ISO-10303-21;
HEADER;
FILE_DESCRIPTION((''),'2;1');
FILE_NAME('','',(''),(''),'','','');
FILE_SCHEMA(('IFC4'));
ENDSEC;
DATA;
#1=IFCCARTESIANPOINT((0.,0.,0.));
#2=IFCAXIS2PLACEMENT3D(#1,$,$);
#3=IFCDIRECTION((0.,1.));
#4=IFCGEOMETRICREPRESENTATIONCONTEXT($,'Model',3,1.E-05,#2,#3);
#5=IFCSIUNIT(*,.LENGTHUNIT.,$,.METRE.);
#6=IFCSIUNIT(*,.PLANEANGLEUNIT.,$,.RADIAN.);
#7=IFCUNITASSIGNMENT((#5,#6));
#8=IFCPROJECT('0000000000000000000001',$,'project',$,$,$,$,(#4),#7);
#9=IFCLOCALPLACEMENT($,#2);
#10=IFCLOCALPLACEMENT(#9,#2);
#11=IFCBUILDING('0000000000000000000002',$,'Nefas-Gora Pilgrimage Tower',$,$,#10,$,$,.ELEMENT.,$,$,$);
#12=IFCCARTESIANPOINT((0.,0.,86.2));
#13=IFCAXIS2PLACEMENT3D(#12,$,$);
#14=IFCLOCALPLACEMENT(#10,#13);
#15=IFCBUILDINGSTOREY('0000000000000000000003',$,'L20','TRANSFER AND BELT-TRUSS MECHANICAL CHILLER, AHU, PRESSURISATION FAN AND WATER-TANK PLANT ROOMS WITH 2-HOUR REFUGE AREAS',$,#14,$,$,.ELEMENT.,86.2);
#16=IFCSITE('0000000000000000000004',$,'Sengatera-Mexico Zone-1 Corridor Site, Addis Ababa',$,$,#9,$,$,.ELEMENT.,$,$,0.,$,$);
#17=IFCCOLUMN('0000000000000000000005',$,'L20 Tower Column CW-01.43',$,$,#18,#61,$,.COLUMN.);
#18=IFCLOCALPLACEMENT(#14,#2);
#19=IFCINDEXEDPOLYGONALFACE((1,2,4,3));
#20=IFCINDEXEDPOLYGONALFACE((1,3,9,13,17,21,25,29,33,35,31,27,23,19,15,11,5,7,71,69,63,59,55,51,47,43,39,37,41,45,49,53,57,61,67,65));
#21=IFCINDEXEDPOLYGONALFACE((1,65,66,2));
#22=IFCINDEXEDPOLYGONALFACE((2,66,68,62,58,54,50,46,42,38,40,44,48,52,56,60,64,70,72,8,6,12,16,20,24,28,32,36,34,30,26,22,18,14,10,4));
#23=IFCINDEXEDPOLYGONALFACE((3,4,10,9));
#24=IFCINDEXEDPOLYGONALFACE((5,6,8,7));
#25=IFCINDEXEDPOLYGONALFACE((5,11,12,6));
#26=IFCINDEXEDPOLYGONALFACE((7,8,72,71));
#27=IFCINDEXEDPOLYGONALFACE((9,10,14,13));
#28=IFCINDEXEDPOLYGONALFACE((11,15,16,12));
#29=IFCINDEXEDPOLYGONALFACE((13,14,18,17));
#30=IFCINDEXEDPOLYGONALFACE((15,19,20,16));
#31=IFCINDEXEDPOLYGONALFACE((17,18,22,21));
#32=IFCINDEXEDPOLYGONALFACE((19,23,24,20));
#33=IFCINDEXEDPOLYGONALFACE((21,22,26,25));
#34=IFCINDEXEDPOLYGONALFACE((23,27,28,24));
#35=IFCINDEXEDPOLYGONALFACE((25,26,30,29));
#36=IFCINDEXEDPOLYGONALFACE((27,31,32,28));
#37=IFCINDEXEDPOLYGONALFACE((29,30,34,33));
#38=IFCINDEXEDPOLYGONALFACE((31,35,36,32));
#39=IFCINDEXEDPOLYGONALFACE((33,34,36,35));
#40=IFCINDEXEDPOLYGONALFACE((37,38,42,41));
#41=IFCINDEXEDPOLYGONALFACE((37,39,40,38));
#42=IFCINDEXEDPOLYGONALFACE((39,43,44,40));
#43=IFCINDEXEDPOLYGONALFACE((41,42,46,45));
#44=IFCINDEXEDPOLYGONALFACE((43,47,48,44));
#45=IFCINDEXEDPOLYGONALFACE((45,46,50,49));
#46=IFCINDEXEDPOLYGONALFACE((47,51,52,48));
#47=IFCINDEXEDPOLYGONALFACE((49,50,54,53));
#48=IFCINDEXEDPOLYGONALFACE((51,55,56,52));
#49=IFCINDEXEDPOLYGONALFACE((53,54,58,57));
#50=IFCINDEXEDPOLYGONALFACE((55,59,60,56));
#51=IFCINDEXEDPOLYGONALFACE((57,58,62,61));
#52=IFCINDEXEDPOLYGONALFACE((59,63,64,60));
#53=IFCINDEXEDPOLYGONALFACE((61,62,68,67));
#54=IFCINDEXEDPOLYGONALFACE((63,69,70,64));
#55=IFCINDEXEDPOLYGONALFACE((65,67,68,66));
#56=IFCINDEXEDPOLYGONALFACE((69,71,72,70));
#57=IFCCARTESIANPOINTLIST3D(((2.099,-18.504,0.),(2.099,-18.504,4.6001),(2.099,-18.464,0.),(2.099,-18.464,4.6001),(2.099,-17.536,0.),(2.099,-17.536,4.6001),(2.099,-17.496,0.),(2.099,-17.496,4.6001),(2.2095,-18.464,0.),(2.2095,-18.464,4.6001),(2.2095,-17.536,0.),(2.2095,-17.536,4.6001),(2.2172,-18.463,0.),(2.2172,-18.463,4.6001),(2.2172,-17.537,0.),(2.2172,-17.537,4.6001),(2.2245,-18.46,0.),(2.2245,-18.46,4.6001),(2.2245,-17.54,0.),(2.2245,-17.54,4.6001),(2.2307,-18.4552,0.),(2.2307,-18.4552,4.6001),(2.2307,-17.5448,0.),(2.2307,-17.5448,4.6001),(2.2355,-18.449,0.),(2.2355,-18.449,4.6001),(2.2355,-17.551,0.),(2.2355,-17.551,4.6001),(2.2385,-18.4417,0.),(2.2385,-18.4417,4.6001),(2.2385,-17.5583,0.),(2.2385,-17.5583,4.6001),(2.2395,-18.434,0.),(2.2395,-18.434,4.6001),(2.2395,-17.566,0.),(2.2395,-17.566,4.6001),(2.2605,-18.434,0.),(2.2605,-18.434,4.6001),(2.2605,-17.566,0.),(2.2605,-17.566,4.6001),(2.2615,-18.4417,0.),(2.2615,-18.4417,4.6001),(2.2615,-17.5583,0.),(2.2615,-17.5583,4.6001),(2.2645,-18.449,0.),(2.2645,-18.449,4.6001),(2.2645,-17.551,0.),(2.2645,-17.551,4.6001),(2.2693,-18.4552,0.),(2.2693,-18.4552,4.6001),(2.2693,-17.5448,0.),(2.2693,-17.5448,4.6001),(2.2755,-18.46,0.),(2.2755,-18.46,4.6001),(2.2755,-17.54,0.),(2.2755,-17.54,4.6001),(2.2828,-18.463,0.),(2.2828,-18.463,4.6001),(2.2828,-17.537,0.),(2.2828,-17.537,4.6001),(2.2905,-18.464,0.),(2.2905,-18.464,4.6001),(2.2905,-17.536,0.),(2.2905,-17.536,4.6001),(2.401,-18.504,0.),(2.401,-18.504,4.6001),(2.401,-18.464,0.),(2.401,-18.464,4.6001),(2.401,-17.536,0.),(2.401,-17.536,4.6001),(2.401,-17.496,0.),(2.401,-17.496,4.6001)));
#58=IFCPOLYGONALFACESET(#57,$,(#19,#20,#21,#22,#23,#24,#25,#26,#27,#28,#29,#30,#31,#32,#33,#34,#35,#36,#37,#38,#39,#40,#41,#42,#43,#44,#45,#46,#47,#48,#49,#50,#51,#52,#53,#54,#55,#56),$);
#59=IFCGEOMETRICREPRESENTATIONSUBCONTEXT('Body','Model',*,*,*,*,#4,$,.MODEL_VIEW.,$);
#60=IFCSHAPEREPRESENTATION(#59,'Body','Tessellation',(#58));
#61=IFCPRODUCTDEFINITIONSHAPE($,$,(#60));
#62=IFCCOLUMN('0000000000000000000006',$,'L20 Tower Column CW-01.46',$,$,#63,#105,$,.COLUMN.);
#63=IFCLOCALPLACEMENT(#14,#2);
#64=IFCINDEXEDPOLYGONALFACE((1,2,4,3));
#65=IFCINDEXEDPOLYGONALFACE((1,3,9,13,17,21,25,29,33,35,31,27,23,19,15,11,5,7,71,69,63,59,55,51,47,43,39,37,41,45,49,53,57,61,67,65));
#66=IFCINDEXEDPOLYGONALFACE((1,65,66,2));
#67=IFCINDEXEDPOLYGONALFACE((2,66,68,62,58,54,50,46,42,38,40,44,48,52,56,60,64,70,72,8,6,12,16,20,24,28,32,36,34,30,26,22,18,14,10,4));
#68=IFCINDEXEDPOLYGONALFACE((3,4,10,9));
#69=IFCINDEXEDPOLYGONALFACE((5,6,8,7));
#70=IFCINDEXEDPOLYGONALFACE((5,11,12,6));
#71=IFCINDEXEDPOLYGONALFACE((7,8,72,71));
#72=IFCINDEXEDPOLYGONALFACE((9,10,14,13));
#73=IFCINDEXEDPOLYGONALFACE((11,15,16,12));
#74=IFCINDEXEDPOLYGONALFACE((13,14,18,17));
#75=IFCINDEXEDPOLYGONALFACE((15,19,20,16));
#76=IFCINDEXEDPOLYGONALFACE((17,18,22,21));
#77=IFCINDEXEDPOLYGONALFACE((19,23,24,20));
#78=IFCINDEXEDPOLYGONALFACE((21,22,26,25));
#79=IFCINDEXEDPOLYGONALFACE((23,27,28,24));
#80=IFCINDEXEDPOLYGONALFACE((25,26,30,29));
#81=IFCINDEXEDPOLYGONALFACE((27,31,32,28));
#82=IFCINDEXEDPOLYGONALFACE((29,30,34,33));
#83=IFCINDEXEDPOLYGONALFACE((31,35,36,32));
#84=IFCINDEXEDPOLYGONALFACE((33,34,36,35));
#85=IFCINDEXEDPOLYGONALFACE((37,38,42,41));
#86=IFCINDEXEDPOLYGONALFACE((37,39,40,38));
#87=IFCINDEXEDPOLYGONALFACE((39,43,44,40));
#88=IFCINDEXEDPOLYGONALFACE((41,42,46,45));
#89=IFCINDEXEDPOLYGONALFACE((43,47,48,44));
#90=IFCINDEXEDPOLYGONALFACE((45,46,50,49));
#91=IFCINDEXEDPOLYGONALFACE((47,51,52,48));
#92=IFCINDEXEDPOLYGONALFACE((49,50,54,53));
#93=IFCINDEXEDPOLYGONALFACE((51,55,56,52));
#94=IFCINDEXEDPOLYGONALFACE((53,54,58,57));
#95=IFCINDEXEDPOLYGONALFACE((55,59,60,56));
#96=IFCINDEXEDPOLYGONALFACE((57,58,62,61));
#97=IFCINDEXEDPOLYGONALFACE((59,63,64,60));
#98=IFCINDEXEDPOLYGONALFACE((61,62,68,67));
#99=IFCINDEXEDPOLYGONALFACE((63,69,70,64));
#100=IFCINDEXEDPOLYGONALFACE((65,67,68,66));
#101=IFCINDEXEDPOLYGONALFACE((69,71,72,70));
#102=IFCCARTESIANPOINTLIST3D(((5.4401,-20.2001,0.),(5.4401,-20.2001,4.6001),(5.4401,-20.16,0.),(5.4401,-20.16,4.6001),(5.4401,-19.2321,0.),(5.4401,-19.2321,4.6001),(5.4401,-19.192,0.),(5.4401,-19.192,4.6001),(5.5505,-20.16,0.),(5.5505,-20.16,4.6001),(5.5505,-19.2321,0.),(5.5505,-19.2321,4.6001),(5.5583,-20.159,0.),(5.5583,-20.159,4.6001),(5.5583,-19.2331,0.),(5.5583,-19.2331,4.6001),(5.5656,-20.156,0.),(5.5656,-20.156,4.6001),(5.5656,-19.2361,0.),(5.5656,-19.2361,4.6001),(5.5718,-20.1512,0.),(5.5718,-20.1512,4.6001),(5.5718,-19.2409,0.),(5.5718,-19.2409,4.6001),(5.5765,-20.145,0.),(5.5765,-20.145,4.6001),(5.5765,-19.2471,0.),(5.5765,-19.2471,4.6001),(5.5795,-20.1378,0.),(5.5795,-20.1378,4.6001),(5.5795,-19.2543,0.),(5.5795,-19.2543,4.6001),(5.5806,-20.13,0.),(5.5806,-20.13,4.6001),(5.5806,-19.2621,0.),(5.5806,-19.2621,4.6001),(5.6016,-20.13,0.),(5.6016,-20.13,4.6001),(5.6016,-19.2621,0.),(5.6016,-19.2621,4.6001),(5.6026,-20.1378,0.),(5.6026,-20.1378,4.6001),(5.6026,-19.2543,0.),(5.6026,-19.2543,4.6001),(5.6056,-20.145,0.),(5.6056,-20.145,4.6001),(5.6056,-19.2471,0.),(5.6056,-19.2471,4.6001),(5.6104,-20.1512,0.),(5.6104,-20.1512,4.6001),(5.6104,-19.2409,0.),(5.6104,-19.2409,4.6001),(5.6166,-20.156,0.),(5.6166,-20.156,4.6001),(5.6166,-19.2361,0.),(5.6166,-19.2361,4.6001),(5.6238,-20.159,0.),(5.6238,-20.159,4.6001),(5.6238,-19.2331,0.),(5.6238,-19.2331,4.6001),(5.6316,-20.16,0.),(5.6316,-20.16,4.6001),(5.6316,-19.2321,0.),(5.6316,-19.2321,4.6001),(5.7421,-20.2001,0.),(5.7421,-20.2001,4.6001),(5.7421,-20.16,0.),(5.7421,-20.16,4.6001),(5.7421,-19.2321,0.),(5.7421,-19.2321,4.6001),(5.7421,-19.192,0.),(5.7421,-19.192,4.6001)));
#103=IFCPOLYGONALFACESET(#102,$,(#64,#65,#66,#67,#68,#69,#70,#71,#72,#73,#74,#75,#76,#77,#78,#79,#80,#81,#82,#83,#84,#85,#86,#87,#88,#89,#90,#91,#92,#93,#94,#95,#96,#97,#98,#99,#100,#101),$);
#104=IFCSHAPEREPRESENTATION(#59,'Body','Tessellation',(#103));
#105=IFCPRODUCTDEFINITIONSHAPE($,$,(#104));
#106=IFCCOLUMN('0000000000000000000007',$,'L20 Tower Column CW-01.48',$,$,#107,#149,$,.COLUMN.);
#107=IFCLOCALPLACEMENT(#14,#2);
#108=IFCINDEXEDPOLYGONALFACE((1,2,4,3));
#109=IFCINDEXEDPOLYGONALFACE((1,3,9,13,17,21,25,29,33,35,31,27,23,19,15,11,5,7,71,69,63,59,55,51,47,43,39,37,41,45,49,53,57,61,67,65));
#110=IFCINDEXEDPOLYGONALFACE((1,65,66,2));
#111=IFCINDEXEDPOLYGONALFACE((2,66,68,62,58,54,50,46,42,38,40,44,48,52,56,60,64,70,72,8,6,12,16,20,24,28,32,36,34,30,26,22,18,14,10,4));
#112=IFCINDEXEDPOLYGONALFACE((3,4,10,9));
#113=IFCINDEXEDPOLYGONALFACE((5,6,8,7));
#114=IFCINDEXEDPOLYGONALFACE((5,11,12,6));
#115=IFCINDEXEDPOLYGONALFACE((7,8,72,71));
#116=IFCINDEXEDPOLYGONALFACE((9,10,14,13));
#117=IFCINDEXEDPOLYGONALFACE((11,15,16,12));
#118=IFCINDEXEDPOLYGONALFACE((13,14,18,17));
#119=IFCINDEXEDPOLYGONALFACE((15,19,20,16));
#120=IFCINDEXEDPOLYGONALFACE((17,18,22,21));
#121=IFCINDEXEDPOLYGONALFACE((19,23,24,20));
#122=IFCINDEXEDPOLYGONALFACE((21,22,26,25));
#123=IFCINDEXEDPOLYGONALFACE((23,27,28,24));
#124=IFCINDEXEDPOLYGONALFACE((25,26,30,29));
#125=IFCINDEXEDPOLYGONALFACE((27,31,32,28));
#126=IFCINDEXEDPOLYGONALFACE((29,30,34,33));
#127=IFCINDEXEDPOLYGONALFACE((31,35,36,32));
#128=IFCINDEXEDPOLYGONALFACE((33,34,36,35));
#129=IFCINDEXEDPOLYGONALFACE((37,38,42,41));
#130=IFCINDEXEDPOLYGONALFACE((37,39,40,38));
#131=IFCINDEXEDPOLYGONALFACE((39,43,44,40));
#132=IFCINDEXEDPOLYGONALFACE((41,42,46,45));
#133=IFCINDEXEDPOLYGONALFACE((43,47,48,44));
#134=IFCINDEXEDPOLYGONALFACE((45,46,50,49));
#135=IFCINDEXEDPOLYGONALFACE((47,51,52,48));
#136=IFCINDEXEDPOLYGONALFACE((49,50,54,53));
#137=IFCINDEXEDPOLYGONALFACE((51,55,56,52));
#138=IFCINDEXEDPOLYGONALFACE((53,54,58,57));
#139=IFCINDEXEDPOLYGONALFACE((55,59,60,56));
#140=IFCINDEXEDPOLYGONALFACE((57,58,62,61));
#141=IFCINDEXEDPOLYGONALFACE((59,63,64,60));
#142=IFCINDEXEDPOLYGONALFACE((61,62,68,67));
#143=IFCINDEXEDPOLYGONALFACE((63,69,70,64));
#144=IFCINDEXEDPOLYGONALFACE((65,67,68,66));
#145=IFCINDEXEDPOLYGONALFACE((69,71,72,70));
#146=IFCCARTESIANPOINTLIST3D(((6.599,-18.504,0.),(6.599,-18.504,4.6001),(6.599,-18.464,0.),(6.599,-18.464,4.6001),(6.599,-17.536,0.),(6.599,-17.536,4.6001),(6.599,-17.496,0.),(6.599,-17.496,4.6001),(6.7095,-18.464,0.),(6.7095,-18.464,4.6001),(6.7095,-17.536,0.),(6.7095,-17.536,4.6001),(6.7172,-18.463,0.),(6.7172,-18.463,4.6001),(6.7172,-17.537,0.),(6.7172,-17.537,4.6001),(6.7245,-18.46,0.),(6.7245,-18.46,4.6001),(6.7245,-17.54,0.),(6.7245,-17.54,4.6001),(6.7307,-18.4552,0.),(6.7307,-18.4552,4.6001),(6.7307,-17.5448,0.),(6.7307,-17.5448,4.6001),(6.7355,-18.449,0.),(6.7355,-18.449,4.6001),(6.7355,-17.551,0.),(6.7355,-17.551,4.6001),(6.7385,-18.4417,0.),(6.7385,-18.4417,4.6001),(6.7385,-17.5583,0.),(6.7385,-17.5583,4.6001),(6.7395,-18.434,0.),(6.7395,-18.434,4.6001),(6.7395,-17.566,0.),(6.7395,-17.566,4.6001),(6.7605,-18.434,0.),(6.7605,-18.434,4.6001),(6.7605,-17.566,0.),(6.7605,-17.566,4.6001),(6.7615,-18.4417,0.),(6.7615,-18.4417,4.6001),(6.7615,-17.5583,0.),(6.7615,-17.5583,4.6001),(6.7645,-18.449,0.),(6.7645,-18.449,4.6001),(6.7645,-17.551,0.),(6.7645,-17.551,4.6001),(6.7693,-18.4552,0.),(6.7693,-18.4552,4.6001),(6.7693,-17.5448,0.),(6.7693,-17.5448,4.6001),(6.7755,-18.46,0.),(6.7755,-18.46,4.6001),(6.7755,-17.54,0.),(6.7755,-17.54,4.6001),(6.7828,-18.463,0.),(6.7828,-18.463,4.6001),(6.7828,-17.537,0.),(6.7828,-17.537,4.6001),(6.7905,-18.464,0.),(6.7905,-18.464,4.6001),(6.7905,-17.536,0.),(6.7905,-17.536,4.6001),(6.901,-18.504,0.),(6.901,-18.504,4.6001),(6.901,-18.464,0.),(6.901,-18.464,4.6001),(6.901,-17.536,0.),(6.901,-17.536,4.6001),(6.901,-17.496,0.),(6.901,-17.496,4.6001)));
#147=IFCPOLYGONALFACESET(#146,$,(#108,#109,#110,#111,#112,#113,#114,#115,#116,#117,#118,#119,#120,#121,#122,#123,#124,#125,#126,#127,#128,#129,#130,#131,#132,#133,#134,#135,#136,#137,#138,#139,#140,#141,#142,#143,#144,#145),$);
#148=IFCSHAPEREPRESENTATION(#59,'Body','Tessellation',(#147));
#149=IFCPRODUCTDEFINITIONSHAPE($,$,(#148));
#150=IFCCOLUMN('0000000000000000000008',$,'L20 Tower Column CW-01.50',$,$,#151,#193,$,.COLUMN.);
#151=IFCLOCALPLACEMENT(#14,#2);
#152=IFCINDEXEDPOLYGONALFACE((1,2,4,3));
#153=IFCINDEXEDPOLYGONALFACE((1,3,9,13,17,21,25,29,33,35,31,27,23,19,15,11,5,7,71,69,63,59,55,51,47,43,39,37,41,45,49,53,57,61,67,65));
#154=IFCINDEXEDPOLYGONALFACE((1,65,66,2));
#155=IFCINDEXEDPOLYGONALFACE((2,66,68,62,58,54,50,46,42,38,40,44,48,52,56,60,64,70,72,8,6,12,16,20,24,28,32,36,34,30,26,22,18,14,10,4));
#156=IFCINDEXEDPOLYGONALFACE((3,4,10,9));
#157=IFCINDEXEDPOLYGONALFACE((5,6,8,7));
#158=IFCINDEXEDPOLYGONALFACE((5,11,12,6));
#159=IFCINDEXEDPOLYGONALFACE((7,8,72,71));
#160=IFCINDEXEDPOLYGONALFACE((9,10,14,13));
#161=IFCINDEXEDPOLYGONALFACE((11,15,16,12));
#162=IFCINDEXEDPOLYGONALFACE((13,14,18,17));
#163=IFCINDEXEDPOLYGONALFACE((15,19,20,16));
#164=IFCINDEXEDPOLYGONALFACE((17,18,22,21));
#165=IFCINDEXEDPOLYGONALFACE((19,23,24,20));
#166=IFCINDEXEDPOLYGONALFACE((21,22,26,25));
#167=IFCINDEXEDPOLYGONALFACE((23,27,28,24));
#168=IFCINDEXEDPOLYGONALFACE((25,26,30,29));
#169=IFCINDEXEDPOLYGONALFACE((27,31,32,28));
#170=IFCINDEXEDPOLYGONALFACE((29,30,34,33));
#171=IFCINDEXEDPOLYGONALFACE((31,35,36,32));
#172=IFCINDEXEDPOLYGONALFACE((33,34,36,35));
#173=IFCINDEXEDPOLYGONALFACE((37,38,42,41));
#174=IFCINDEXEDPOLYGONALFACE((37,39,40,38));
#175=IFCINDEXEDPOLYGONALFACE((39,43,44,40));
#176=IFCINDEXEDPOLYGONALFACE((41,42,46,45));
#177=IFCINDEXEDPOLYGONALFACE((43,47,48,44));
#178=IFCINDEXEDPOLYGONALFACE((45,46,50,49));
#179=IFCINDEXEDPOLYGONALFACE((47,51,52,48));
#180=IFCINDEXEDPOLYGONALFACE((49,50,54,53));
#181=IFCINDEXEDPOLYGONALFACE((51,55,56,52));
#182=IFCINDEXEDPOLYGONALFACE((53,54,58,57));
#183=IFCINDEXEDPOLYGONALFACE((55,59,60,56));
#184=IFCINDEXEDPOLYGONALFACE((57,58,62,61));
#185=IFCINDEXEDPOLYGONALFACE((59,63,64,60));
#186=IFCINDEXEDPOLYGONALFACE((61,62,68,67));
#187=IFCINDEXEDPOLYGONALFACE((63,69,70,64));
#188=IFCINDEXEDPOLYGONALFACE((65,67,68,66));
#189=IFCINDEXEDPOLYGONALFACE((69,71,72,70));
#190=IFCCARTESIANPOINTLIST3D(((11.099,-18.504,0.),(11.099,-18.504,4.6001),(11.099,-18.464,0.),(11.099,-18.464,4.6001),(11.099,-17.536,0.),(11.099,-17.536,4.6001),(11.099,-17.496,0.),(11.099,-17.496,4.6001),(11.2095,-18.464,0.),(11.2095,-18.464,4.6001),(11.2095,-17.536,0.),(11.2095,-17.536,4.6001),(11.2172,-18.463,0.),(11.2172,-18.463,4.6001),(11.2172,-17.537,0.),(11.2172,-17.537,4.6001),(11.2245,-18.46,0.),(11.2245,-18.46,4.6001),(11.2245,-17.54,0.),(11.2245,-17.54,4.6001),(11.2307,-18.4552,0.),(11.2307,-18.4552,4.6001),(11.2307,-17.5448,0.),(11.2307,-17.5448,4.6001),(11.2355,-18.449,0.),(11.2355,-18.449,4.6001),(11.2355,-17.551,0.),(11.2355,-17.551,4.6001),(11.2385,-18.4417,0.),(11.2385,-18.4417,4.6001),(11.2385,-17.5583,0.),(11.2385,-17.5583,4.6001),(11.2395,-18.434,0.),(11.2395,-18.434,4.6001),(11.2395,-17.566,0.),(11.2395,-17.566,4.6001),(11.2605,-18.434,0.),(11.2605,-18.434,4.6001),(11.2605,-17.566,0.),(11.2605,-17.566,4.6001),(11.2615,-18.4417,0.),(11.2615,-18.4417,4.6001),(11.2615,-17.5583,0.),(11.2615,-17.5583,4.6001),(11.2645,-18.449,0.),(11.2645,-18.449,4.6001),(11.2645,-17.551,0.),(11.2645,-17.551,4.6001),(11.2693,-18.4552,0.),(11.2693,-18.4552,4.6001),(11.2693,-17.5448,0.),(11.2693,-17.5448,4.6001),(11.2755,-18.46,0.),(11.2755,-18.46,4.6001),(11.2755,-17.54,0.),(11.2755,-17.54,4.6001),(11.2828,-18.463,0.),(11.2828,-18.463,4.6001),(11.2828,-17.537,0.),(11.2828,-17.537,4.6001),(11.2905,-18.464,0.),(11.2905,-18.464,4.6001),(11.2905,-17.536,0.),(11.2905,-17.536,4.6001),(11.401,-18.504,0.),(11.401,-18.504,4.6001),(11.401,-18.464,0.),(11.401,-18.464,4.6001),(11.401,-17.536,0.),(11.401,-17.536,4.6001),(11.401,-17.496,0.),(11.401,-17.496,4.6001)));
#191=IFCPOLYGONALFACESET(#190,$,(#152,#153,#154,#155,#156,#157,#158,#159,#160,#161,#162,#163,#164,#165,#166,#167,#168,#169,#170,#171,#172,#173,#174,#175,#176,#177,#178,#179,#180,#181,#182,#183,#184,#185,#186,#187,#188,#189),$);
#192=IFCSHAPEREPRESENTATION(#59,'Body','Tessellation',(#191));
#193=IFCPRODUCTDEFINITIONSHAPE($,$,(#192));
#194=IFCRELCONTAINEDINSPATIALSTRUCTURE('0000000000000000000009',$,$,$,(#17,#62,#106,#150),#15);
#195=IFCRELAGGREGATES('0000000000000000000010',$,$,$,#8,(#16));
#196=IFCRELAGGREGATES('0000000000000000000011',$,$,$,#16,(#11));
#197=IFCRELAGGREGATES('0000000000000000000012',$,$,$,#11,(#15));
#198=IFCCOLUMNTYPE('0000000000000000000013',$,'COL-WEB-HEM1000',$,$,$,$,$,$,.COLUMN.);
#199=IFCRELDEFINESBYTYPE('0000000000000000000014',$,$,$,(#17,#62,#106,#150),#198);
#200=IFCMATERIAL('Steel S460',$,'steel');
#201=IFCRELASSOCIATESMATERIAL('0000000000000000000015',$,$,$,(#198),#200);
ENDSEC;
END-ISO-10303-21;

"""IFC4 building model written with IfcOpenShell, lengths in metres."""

from ifc_helpers import new_model, si_unit, direction, frame, origin, origin_2d, place, context, subcontext, project, spatial, i_section, extrude, source, transform, mapped, material, material_profile, profile_set, type_object, element, save


model = new_model("IFC4")

# Units and contexts
model_context = context("Model", 3, precision=1e-05, world=origin(), true_north=direction((0.0, 1.0)))
body_context = subcontext(model_context, "Body", "Model", "MODEL_VIEW")
ifc_project = project(units=[si_unit("LENGTHUNIT", "METRE"), si_unit("PLANEANGLEUNIT", "RADIAN")], contexts=[model_context])

# Site, building, storey
site_placement = place(None, origin())
site = spatial("IfcSite", under=ifc_project, at=site_placement, Name="Sengatera-Mexico Zone-1 Corridor Site, Addis Ababa", CompositionType="ELEMENT", RefElevation=0.0)
building_placement = place(site_placement, origin())
building = spatial("IfcBuilding", under=site, at=building_placement, Name="Nefas-Gora Pilgrimage Tower", CompositionType="ELEMENT")
storey_placement = place(building_placement, frame((0.0, 0.0, 86.2)))
storey = spatial("IfcBuildingStorey", under=building, at=storey_placement, Name="L20", Description="TRANSFER AND BELT-TRUSS MECHANICAL CHILLER, AHU, PRESSURISATION FAN AND WATER-TANK PLANT ROOMS WITH 2-HOUR REFUGE AREAS", CompositionType="ELEMENT", Elevation=86.2)

# Columns
ifc_material_1 = material(Name="Steel S460", Category="steel")
ifc_material_profile_1 = material_profile(ifc_material_1, i_section(OverallWidth=0.302, OverallDepth=1.0081, WebThickness=0.021, FlangeThickness=0.04, FilletRadius=0.03, at=origin_2d()), Name="HEM 1000")
ifc_profile_set_1 = profile_set([ifc_material_profile_1], Name="Steel S460")
column_type_1 = type_object("IfcColumnType", Name="COL-WEB-HEM1000", PredefinedType="COLUMN", material=ifc_profile_set_1)
shared_shape_1 = source(origin(), body_context, "Body", "SweptSolid", [
    extrude(i_section(OverallWidth=0.302, OverallDepth=1.0081, WebThickness=0.021, FlangeThickness=0.04, FilletRadius=0.03, at=origin_2d()), origin(), (0.0, 0.0, 1.0), 4.6001),
])
for number, where, z_axis, x_axis, name in (
    (1, (2.25, -18.0, 0.0), (0.0, 0.0, 1.0), (1.0, 0.0, 0.0), "L20 Tower Column CW-01.43"),
    (2, (5.5911, -19.696, 0.0), (0.0, 0.0, 1.0), (1.0, 0.0, 0.0), "L20 Tower Column CW-01.46"),
    (3, (6.75, -18.0, 0.0), (0.0, 0.0, 1.0), (1.0, 0.0, 0.0), "L20 Tower Column CW-01.48"),
    (4, (11.25, -18.0, 0.0), (0.0, 0.0, 1.0), (1.0, 0.0, 0.0), "L20 Tower Column CW-01.50"),
):
    element("IfcColumn", number, at=place(storey_placement, frame(where, z_axis=z_axis, x_axis=x_axis)), inside=storey, type_object=column_type_1, Name=name, PredefinedType="COLUMN", context=body_context, shape_type="MappedRepresentation", body=[
        mapped(shared_shape_1, transform((0.0, 0.0, 0.0), x_axis=(1.0, 0.0, 0.0), y_axis=(0.0, 1.0, 0.0), z_axis=(0.0, 0.0, 1.0), scale=1.0)),
    ])

save(model, "model.ifc")
